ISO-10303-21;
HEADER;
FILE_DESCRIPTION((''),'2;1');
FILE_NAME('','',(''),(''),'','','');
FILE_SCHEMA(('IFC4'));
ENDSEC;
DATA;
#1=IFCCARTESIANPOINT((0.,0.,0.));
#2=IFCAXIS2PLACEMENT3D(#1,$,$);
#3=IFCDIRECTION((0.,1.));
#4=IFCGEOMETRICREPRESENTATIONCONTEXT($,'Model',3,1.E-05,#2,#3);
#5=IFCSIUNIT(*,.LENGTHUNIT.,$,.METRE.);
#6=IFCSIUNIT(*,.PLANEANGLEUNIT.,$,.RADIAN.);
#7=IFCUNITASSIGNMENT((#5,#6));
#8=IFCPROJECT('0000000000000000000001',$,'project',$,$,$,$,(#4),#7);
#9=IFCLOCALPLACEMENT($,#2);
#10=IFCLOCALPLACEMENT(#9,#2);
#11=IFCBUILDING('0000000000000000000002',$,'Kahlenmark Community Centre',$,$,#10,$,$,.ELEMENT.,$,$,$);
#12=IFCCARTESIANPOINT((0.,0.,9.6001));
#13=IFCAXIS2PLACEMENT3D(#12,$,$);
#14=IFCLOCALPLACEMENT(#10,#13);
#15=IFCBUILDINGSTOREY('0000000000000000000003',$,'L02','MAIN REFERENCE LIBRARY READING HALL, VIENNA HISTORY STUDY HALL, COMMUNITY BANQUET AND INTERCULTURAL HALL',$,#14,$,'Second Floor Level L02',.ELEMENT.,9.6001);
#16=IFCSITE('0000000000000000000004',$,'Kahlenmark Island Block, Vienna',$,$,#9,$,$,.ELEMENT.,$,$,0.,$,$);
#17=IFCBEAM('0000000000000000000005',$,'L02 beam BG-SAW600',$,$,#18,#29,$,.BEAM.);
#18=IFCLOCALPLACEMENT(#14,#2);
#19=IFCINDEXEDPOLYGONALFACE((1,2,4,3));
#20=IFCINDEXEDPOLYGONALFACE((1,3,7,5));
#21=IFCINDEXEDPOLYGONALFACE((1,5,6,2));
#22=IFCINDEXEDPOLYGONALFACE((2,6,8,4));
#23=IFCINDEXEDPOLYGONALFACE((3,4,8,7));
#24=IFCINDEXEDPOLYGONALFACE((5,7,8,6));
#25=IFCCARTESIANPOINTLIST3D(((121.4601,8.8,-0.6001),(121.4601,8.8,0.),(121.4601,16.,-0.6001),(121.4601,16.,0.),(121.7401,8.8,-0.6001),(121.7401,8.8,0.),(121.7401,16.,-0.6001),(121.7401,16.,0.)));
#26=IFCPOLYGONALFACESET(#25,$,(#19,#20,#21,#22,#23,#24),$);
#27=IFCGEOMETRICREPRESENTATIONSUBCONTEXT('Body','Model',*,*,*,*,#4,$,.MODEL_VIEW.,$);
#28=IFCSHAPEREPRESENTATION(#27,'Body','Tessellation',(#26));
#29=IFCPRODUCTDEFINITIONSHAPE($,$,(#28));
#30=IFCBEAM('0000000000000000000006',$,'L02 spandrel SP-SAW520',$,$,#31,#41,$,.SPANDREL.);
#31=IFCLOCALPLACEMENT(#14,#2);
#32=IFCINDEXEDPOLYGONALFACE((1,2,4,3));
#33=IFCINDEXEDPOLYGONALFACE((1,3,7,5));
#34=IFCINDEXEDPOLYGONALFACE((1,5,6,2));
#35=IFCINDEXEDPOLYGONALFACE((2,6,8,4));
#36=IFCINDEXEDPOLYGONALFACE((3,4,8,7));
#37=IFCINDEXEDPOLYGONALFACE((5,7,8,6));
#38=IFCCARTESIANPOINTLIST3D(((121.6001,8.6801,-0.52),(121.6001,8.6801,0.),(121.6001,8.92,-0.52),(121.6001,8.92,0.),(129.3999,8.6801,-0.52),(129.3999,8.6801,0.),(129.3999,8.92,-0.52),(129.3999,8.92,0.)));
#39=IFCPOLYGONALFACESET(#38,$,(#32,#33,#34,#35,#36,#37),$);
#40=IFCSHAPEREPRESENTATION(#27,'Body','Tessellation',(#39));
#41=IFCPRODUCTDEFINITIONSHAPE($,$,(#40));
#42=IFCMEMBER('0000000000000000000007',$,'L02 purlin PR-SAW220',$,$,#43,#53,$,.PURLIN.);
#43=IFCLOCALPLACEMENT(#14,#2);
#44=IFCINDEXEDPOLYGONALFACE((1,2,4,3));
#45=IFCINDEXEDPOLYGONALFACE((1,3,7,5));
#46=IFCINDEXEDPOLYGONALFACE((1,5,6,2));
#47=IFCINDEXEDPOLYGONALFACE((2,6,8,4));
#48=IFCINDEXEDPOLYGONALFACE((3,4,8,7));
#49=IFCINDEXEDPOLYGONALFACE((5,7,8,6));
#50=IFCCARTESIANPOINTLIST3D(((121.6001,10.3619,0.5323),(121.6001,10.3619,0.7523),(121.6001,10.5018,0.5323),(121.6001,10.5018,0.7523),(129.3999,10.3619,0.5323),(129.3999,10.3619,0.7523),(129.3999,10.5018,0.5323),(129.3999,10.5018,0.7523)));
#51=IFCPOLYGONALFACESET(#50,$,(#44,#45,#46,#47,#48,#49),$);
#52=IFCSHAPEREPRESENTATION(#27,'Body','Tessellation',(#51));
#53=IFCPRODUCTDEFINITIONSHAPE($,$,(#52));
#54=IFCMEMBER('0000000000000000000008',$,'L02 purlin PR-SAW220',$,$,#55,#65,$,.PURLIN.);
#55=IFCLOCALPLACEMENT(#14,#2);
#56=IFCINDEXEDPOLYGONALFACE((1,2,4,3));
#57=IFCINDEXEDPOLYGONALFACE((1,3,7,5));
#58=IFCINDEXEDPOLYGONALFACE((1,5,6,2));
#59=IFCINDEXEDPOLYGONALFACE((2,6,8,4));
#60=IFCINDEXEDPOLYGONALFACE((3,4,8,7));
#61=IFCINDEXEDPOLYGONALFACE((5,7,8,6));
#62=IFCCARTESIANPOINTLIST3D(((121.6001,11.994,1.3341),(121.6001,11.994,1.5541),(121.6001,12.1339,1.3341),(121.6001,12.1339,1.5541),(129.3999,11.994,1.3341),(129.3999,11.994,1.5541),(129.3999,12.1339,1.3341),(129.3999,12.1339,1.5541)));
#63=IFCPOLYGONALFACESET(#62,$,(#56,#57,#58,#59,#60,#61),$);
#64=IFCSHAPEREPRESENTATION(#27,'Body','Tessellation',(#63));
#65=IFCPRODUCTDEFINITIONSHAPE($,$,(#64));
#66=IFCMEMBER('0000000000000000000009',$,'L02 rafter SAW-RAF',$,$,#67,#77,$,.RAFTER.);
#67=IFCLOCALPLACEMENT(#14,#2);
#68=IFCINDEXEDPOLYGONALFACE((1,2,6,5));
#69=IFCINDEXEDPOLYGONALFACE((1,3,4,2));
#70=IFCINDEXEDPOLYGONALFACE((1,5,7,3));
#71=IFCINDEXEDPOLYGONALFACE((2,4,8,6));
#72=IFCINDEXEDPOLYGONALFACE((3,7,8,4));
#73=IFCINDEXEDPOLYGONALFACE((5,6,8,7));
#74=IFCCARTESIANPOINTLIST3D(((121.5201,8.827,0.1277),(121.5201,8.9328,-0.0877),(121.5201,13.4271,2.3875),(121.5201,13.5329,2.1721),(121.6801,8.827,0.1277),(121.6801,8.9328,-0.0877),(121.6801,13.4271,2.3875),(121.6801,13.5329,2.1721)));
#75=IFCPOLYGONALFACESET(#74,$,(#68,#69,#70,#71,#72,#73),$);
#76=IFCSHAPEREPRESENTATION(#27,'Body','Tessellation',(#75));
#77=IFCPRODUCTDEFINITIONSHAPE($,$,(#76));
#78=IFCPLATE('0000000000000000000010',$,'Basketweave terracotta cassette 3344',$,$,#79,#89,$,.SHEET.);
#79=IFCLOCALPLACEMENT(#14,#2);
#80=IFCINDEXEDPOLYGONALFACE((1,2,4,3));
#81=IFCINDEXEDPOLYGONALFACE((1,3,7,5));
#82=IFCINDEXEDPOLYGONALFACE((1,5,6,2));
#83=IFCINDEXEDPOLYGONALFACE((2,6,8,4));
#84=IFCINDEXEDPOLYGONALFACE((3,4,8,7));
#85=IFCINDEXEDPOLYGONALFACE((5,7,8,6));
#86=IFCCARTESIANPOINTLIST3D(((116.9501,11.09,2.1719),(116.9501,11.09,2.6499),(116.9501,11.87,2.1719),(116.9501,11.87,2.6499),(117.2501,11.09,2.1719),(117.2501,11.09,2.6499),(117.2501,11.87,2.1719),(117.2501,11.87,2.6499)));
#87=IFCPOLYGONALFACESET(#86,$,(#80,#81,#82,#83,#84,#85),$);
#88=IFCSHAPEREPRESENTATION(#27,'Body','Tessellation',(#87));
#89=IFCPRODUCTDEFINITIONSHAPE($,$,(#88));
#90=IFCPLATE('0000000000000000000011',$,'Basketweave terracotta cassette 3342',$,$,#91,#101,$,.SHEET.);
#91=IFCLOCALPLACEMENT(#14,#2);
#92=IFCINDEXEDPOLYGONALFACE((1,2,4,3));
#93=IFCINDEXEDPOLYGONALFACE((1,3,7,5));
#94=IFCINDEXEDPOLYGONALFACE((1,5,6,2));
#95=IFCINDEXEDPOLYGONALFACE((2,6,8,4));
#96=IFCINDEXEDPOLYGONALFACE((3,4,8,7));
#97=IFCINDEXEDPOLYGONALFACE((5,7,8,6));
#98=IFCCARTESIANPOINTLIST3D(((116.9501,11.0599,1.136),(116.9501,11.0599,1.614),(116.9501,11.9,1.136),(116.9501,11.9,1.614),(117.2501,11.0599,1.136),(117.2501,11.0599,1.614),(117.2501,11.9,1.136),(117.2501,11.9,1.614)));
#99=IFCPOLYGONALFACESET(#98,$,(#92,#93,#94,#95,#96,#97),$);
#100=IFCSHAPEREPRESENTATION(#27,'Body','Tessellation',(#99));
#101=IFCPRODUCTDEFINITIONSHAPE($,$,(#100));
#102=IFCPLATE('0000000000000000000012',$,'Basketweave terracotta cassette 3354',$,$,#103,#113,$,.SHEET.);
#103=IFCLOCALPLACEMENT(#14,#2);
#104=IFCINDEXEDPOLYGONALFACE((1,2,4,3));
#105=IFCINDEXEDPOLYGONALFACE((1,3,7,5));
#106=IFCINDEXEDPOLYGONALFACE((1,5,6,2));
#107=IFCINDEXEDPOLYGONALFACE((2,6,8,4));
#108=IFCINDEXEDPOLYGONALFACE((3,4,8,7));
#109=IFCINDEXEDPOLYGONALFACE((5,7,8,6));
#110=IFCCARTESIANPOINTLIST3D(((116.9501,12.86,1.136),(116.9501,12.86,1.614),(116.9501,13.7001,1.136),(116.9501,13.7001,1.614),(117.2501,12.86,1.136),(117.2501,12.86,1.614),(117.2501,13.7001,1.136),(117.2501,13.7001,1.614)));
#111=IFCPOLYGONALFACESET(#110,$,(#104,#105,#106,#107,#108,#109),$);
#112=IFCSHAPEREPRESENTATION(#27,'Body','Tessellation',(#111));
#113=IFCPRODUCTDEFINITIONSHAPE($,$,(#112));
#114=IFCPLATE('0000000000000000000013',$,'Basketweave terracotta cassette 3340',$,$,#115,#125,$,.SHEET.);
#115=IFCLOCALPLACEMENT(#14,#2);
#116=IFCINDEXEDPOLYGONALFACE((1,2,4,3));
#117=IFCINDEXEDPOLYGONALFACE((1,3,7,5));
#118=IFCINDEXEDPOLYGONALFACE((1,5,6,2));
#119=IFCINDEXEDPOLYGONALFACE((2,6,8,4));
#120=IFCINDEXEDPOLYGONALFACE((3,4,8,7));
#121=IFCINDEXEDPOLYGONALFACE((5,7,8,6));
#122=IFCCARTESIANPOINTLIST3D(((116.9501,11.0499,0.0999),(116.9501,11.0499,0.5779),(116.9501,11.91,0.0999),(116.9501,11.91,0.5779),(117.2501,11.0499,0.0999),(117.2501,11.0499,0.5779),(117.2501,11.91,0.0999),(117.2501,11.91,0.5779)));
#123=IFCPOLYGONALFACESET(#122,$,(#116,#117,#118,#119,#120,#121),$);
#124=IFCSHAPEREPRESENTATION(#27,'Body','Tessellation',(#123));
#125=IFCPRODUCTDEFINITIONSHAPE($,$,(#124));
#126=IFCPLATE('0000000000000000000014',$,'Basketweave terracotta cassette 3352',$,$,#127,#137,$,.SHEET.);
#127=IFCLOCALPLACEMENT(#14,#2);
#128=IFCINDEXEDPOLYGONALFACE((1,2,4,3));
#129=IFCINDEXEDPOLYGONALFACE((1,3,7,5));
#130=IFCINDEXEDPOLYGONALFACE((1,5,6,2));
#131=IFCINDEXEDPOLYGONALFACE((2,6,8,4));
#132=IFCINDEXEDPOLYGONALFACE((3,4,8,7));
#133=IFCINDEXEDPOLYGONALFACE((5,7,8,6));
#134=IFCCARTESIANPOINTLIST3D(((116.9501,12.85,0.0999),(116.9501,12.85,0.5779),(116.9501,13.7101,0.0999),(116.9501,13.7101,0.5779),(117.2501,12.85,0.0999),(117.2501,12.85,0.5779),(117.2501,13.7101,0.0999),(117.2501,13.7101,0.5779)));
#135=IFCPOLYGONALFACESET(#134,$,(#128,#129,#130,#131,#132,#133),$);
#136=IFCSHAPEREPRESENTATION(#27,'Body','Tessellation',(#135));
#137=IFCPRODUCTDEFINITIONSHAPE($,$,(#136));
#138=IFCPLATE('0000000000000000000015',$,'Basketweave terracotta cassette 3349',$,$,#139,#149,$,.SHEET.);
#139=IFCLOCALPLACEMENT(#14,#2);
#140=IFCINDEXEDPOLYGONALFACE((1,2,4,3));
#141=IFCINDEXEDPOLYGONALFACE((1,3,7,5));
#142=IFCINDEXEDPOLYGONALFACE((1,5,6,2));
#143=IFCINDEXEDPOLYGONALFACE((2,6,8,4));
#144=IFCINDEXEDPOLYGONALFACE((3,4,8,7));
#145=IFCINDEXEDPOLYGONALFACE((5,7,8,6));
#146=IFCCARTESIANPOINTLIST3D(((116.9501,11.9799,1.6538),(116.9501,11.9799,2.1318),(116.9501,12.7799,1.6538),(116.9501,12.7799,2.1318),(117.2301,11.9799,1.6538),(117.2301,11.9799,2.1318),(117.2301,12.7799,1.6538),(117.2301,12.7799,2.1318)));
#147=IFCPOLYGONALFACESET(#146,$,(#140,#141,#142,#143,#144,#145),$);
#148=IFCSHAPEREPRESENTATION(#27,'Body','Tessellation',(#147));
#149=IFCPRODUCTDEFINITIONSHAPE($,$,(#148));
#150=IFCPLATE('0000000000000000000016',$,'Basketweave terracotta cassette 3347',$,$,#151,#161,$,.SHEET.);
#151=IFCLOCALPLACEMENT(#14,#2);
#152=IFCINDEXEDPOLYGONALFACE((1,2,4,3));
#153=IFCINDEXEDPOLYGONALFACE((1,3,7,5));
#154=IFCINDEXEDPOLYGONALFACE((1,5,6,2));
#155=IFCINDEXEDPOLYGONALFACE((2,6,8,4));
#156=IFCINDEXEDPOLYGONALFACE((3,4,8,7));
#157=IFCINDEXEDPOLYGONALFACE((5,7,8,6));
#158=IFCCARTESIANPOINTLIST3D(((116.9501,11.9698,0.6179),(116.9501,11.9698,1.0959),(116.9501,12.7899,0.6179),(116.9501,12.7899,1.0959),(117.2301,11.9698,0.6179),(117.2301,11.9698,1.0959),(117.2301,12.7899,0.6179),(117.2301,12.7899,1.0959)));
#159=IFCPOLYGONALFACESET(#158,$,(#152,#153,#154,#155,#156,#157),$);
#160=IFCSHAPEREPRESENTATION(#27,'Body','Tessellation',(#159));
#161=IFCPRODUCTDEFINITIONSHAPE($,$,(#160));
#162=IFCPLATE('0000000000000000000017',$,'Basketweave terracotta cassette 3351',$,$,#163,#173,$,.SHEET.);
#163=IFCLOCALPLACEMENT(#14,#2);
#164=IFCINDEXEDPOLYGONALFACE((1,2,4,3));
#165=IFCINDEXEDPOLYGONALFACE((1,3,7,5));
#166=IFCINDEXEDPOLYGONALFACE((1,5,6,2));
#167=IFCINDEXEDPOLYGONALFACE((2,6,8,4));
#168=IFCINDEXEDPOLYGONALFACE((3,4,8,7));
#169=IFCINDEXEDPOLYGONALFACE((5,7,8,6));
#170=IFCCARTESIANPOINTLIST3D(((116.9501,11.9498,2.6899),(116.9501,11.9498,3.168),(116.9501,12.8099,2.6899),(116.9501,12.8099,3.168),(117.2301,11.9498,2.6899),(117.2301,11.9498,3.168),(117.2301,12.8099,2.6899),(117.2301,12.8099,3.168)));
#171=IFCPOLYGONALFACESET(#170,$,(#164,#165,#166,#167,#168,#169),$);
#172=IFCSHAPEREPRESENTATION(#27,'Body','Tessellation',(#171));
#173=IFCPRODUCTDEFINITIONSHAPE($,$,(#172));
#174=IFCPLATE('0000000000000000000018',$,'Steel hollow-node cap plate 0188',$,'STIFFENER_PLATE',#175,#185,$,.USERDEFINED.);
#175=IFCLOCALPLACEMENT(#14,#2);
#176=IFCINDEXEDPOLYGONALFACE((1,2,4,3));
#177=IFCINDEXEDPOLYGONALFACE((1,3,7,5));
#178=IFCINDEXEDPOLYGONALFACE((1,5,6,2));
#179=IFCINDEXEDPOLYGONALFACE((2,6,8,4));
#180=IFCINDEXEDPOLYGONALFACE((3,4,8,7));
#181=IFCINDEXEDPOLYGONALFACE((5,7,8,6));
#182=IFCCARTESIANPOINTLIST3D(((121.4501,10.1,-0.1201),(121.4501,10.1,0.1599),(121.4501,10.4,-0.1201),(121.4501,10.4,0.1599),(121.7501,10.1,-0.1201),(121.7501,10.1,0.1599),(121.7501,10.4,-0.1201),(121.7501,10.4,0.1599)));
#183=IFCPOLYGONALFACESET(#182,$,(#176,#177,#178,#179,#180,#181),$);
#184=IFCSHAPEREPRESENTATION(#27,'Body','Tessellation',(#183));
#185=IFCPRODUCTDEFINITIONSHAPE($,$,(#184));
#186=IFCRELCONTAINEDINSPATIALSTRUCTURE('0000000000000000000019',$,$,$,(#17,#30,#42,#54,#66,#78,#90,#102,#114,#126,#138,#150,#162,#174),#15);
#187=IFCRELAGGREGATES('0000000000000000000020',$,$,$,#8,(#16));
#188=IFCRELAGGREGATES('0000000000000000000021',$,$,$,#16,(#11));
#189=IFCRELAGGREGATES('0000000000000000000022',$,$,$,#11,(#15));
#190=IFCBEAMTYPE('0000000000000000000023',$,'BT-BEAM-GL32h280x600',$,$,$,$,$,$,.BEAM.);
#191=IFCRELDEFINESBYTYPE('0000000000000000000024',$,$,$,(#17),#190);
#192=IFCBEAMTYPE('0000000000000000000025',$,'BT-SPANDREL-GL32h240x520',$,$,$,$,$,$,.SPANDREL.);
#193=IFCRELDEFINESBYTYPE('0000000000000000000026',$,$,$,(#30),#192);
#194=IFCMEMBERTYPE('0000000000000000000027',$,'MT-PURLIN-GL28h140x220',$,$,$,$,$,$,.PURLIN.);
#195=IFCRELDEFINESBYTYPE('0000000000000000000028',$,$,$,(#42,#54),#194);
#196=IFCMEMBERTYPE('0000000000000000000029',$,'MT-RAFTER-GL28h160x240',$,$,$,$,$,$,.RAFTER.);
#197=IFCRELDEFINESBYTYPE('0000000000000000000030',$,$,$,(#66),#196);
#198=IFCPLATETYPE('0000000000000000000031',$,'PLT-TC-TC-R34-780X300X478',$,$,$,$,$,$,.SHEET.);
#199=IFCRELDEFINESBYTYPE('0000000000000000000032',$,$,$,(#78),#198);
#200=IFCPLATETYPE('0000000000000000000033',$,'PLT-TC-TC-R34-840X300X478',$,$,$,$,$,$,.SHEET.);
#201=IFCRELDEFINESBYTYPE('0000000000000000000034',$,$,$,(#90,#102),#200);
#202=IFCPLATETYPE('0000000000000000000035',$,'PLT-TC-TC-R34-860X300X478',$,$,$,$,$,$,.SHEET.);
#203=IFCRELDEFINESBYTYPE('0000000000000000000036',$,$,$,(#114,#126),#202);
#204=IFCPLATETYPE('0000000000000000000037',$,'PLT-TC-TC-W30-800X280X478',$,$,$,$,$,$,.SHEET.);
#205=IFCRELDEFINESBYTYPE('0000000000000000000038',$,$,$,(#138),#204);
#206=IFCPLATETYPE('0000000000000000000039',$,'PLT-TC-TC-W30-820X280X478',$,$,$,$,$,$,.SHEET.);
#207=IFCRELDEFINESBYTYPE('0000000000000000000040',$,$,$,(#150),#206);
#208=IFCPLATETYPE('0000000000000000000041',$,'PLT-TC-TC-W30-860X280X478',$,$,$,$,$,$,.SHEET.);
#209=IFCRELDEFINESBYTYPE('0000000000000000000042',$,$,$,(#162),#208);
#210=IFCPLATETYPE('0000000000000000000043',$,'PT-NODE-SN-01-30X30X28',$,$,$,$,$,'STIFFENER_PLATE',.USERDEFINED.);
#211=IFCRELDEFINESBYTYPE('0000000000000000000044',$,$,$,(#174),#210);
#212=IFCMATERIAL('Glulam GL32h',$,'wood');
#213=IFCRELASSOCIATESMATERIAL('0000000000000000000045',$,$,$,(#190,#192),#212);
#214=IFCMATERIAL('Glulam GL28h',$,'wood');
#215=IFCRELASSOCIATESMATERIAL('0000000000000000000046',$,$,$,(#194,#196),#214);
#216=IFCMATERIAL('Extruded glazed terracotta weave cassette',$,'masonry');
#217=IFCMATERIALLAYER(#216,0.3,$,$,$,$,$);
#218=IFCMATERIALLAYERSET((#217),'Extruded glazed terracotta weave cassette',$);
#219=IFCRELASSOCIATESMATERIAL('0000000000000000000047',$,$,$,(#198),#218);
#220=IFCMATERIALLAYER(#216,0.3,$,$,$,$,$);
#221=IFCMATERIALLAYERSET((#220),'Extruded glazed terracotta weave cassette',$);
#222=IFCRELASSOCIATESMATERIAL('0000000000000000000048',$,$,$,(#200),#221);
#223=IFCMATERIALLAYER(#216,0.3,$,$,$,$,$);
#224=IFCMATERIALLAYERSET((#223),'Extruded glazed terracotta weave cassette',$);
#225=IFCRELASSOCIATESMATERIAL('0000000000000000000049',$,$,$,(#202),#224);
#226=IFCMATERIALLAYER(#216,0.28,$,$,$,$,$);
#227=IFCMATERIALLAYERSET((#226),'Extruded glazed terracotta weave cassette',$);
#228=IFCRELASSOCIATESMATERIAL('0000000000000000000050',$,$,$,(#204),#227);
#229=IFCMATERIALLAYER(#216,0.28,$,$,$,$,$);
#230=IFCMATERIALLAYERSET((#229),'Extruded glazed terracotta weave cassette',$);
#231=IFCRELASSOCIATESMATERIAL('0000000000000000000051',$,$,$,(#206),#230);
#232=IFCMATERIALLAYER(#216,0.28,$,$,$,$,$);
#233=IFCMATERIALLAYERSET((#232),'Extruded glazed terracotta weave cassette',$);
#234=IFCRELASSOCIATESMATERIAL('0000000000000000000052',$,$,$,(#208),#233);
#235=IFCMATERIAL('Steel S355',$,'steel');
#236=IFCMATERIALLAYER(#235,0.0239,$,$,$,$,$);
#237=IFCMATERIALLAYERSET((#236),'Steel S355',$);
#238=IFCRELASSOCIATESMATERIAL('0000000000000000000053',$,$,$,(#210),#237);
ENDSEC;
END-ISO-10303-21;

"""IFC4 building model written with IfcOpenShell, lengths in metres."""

from ifc_helpers import new_model, si_unit, direction, frame, origin, origin_2d, place, context, subcontext, project, spatial, rectangle, extrude, material, layer, layer_set, material_profile, profile_set, type_object, element, save


model = new_model("IFC4")

# Units and contexts
model_context = context("Model", 3, precision=1e-05, world=origin(), true_north=direction((0.0, 1.0)))
body_context = subcontext(model_context, "Body", "Model", "MODEL_VIEW")
ifc_project = project(units=[si_unit("LENGTHUNIT", "METRE"), si_unit("PLANEANGLEUNIT", "RADIAN")], contexts=[model_context])

# Site, building, storey
site_placement = place(None, origin())
site = spatial("IfcSite", under=ifc_project, at=site_placement, Name="Kahlenmark Island Block, Vienna", CompositionType="ELEMENT", RefElevation=0.0)
building_placement = place(site_placement, origin())
building = spatial("IfcBuilding", under=site, at=building_placement, Name="Kahlenmark Community Centre", CompositionType="ELEMENT")
storey_placement = place(building_placement, frame((0.0, 0.0, 9.6001)))
storey = spatial("IfcBuildingStorey", under=building, at=storey_placement, Name="L02", Description="MAIN REFERENCE LIBRARY READING HALL, VIENNA HISTORY STUDY HALL, COMMUNITY BANQUET AND INTERCULTURAL HALL", LongName="Second Floor Level L02", CompositionType="ELEMENT", Elevation=9.6001)

# Beams
ifc_material_1 = material(Name="Glulam GL32h", Category="wood")
ifc_material_profile_1 = material_profile(ifc_material_1, rectangle(XDim=0.28, YDim=0.6001, at=origin_2d()), Name="GL32h 280x600")
ifc_profile_set_1 = profile_set([ifc_material_profile_1], Name="Glulam GL32h")
beam_type_1 = type_object("IfcBeamType", Name="BT-BEAM-GL32h280x600", PredefinedType="BEAM", material=ifc_profile_set_1)
beam_1_placement = place(storey_placement, frame((121.6001, 8.8, -0.3), z_axis=(0.0, 1.0, 0.0), x_axis=(-1.0, 0.0, 0.0)))
element("IfcBeam", 1, at=beam_1_placement, inside=storey, type_object=beam_type_1, Name="L02 beam BG-SAW600", PredefinedType="BEAM", context=body_context, shape_type="SweptSolid", body=[
    extrude(rectangle(XDim=0.28, YDim=0.6001, at=origin_2d()), origin(), (0.0, 0.0, 1.0), 7.2),
])
ifc_material_profile_2 = material_profile(ifc_material_1, rectangle(XDim=0.24, YDim=0.52, at=origin_2d()), Name="GL32h 240x520")
ifc_profile_set_2 = profile_set([ifc_material_profile_2], Name="Glulam GL32h")
beam_type_2 = type_object("IfcBeamType", Name="BT-SPANDREL-GL32h240x520", PredefinedType="SPANDREL", material=ifc_profile_set_2)
beam_2_placement = place(storey_placement, frame((121.6001, 8.8, -0.26), z_axis=(1.0, 0.0, 0.0), x_axis=(0.0, 1.0, 0.0)))
element("IfcBeam", 2, at=beam_2_placement, inside=storey, type_object=beam_type_2, Name="L02 spandrel SP-SAW520", PredefinedType="SPANDREL", context=body_context, shape_type="SweptSolid", body=[
    extrude(rectangle(XDim=0.24, YDim=0.52, at=origin_2d()), origin(), (0.0, 0.0, 1.0), 7.7998),
])

# Members
ifc_material_2 = material(Name="Glulam GL28h", Category="wood")
ifc_material_profile_3 = material_profile(ifc_material_2, rectangle(XDim=0.1399, YDim=0.22, at=origin_2d()), Name="GL28h 140x220")
ifc_profile_set_3 = profile_set([ifc_material_profile_3], Name="Glulam GL28h")
member_type_1 = type_object("IfcMemberType", Name="MT-PURLIN-GL28h140x220", PredefinedType="PURLIN", material=ifc_profile_set_3)
for number, where, z_axis, x_axis, name in (
    (3, (121.6001, 10.4319, 0.6423), (1.0, 0.0, 0.0), (0.0, 1.0, 0.0), "L02 purlin PR-SAW220"),
    (4, (121.6001, 12.064, 1.4441), (1.0, 0.0, 0.0), (0.0, 1.0, 0.0), "L02 purlin PR-SAW220"),
):
    element("IfcMember", number, at=place(storey_placement, frame(where, z_axis=z_axis, x_axis=x_axis)), inside=storey, type_object=member_type_1, Name=name, PredefinedType="PURLIN", context=body_context, shape_type="SweptSolid", body=[
        extrude(rectangle(XDim=0.1399, YDim=0.22, at=origin_2d()), origin(), (0.0, 0.0, 1.0), 7.7998),
    ])
ifc_material_profile_4 = material_profile(ifc_material_2, rectangle(XDim=0.1599, YDim=0.24, at=origin_2d()), Name="GL28h 160x240")
ifc_profile_set_4 = profile_set([ifc_material_profile_4], Name="Glulam GL28h")
member_type_2 = type_object("IfcMemberType", Name="MT-RAFTER-GL28h160x240", PredefinedType="RAFTER", material=ifc_profile_set_4)
member_placement = place(storey_placement, frame((121.6001, 8.8799, 0.02), z_axis=(0.0, 0.897549, 0.440915), x_axis=(-1.0, 0.0, 0.0)))
element("IfcMember", 5, at=member_placement, inside=storey, type_object=member_type_2, Name="L02 rafter SAW-RAF", PredefinedType="RAFTER", context=body_context, shape_type="SweptSolid", body=[
    extrude(rectangle(XDim=0.1599, YDim=0.24, at=origin_2d()), origin(), (0.0, 0.0, 1.0), 5.1252),
])

# Plates
ifc_material_3 = material(Name="Extruded glazed terracotta weave cassette", Category="masonry")
ifc_layer_1 = layer(ifc_material_3, 0.3)
ifc_layer_set_1 = layer_set([ifc_layer_1], Name="Extruded glazed terracotta weave cassette")
plate_type_1 = type_object("IfcPlateType", Name="PLT-TC-TC-R34-780X300X478", PredefinedType="SHEET", material=ifc_layer_set_1)
plate_1_placement = place(storey_placement, frame((117.1001, 11.48, 2.1719), z_axis=(0.0, 0.0, 1.0), x_axis=(0.0, 1.0, 0.0)))
element("IfcPlate", 6, at=plate_1_placement, inside=storey, type_object=plate_type_1, Name="Basketweave terracotta cassette 3344", PredefinedType="SHEET", context=body_context, shape_type="SweptSolid", body=[
    extrude(rectangle(XDim=0.78, YDim=0.3, at=origin_2d()), origin(), (0.0, 0.0, 1.0), 0.478),
])
ifc_layer_2 = layer(ifc_material_3, 0.3)
ifc_layer_set_2 = layer_set([ifc_layer_2], Name="Extruded glazed terracotta weave cassette")
plate_type_2 = type_object("IfcPlateType", Name="PLT-TC-TC-R34-840X300X478", PredefinedType="SHEET", material=ifc_layer_set_2)
for number, where, z_axis, x_axis, name in (
    (7, (117.1001, 11.48, 1.136), (0.0, 0.0, 1.0), (0.0, 1.0, 0.0), "Basketweave terracotta cassette 3342"),
    (8, (117.1001, 13.28, 1.136), (0.0, 0.0, 1.0), (0.0, 1.0, 0.0), "Basketweave terracotta cassette 3354"),
):
    element("IfcPlate", number, at=place(storey_placement, frame(where, z_axis=z_axis, x_axis=x_axis)), inside=storey, type_object=plate_type_2, Name=name, PredefinedType="SHEET", context=body_context, shape_type="SweptSolid", body=[
        extrude(rectangle(XDim=0.8401, YDim=0.3, at=origin_2d()), origin(), (0.0, 0.0, 1.0), 0.478),
    ])
ifc_layer_3 = layer(ifc_material_3, 0.3)
ifc_layer_set_3 = layer_set([ifc_layer_3], Name="Extruded glazed terracotta weave cassette")
plate_type_3 = type_object("IfcPlateType", Name="PLT-TC-TC-R34-860X300X478", PredefinedType="SHEET", material=ifc_layer_set_3)
for number, where, z_axis, x_axis, name in (
    (9, (117.1001, 11.48, 0.0999), (0.0, 0.0, 1.0), (0.0, 1.0, 0.0), "Basketweave terracotta cassette 3340"),
    (10, (117.1001, 13.28, 0.0999), (0.0, 0.0, 1.0), (0.0, 1.0, 0.0), "Basketweave terracotta cassette 3352"),
):
    element("IfcPlate", number, at=place(storey_placement, frame(where, z_axis=z_axis, x_axis=x_axis)), inside=storey, type_object=plate_type_3, Name=name, PredefinedType="SHEET", context=body_context, shape_type="SweptSolid", body=[
        extrude(rectangle(XDim=0.8601, YDim=0.3, at=origin_2d()), origin(), (0.0, 0.0, 1.0), 0.478),
    ])
ifc_layer_4 = layer(ifc_material_3, 0.28)
ifc_layer_set_4 = layer_set([ifc_layer_4], Name="Extruded glazed terracotta weave cassette")
plate_type_4 = type_object("IfcPlateType", Name="PLT-TC-TC-W30-800X280X478", PredefinedType="SHEET", material=ifc_layer_set_4)
plate_2_placement = place(storey_placement, frame((117.0901, 12.3799, 1.6538), z_axis=(0.0, 0.0, 1.0), x_axis=(0.0, 1.0, 0.0)))
element("IfcPlate", 11, at=plate_2_placement, inside=storey, type_object=plate_type_4, Name="Basketweave terracotta cassette 3349", PredefinedType="SHEET", context=body_context, shape_type="SweptSolid", body=[
    extrude(rectangle(XDim=0.8, YDim=0.28, at=origin_2d()), origin(), (0.0, 0.0, 1.0), 0.478),
])
ifc_layer_5 = layer(ifc_material_3, 0.28)
ifc_layer_set_5 = layer_set([ifc_layer_5], Name="Extruded glazed terracotta weave cassette")
plate_type_5 = type_object("IfcPlateType", Name="PLT-TC-TC-W30-820X280X478", PredefinedType="SHEET", material=ifc_layer_set_5)
plate_3_placement = place(storey_placement, frame((117.0901, 12.3799, 0.6179), z_axis=(0.0, 0.0, 1.0), x_axis=(0.0, 1.0, 0.0)))
element("IfcPlate", 12, at=plate_3_placement, inside=storey, type_object=plate_type_5, Name="Basketweave terracotta cassette 3347", PredefinedType="SHEET", context=body_context, shape_type="SweptSolid", body=[
    extrude(rectangle(XDim=0.8201, YDim=0.28, at=origin_2d()), origin(), (0.0, 0.0, 1.0), 0.478),
])
ifc_layer_6 = layer(ifc_material_3, 0.28)
ifc_layer_set_6 = layer_set([ifc_layer_6], Name="Extruded glazed terracotta weave cassette")
plate_type_6 = type_object("IfcPlateType", Name="PLT-TC-TC-W30-860X280X478", PredefinedType="SHEET", material=ifc_layer_set_6)
plate_4_placement = place(storey_placement, frame((117.0901, 12.3799, 2.6899), z_axis=(0.0, 0.0, 1.0), x_axis=(0.0, 1.0, 0.0)))
element("IfcPlate", 13, at=plate_4_placement, inside=storey, type_object=plate_type_6, Name="Basketweave terracotta cassette 3351", PredefinedType="SHEET", context=body_context, shape_type="SweptSolid", body=[
    extrude(rectangle(XDim=0.8601, YDim=0.28, at=origin_2d()), origin(), (0.0, 0.0, 1.0), 0.478),
])
ifc_material_4 = material(Name="Steel S355", Category="steel")
ifc_layer_7 = layer(ifc_material_4, 0.0239)
ifc_layer_set_7 = layer_set([ifc_layer_7], Name="Steel S355")
plate_type_7 = type_object("IfcPlateType", Name="PT-NODE-SN-01-30X30X28", ElementType="STIFFENER_PLATE", PredefinedType="USERDEFINED", material=ifc_layer_set_7)
plate_5_placement = place(storey_placement, frame((121.6001, 10.25, -0.1201), z_axis=(0.0, 0.0, 1.0), x_axis=(1.0, 0.0, 0.0)))
element("IfcPlate", 14, at=plate_5_placement, inside=storey, type_object=plate_type_7, Name="Steel hollow-node cap plate 0188", ObjectType="STIFFENER_PLATE", PredefinedType="USERDEFINED", context=body_context, shape_type="SweptSolid", body=[
    extrude(rectangle(XDim=0.3, YDim=0.3, at=origin_2d()), origin(), (0.0, 0.0, 1.0), 0.28),
])

save(model, "model.ifc")
